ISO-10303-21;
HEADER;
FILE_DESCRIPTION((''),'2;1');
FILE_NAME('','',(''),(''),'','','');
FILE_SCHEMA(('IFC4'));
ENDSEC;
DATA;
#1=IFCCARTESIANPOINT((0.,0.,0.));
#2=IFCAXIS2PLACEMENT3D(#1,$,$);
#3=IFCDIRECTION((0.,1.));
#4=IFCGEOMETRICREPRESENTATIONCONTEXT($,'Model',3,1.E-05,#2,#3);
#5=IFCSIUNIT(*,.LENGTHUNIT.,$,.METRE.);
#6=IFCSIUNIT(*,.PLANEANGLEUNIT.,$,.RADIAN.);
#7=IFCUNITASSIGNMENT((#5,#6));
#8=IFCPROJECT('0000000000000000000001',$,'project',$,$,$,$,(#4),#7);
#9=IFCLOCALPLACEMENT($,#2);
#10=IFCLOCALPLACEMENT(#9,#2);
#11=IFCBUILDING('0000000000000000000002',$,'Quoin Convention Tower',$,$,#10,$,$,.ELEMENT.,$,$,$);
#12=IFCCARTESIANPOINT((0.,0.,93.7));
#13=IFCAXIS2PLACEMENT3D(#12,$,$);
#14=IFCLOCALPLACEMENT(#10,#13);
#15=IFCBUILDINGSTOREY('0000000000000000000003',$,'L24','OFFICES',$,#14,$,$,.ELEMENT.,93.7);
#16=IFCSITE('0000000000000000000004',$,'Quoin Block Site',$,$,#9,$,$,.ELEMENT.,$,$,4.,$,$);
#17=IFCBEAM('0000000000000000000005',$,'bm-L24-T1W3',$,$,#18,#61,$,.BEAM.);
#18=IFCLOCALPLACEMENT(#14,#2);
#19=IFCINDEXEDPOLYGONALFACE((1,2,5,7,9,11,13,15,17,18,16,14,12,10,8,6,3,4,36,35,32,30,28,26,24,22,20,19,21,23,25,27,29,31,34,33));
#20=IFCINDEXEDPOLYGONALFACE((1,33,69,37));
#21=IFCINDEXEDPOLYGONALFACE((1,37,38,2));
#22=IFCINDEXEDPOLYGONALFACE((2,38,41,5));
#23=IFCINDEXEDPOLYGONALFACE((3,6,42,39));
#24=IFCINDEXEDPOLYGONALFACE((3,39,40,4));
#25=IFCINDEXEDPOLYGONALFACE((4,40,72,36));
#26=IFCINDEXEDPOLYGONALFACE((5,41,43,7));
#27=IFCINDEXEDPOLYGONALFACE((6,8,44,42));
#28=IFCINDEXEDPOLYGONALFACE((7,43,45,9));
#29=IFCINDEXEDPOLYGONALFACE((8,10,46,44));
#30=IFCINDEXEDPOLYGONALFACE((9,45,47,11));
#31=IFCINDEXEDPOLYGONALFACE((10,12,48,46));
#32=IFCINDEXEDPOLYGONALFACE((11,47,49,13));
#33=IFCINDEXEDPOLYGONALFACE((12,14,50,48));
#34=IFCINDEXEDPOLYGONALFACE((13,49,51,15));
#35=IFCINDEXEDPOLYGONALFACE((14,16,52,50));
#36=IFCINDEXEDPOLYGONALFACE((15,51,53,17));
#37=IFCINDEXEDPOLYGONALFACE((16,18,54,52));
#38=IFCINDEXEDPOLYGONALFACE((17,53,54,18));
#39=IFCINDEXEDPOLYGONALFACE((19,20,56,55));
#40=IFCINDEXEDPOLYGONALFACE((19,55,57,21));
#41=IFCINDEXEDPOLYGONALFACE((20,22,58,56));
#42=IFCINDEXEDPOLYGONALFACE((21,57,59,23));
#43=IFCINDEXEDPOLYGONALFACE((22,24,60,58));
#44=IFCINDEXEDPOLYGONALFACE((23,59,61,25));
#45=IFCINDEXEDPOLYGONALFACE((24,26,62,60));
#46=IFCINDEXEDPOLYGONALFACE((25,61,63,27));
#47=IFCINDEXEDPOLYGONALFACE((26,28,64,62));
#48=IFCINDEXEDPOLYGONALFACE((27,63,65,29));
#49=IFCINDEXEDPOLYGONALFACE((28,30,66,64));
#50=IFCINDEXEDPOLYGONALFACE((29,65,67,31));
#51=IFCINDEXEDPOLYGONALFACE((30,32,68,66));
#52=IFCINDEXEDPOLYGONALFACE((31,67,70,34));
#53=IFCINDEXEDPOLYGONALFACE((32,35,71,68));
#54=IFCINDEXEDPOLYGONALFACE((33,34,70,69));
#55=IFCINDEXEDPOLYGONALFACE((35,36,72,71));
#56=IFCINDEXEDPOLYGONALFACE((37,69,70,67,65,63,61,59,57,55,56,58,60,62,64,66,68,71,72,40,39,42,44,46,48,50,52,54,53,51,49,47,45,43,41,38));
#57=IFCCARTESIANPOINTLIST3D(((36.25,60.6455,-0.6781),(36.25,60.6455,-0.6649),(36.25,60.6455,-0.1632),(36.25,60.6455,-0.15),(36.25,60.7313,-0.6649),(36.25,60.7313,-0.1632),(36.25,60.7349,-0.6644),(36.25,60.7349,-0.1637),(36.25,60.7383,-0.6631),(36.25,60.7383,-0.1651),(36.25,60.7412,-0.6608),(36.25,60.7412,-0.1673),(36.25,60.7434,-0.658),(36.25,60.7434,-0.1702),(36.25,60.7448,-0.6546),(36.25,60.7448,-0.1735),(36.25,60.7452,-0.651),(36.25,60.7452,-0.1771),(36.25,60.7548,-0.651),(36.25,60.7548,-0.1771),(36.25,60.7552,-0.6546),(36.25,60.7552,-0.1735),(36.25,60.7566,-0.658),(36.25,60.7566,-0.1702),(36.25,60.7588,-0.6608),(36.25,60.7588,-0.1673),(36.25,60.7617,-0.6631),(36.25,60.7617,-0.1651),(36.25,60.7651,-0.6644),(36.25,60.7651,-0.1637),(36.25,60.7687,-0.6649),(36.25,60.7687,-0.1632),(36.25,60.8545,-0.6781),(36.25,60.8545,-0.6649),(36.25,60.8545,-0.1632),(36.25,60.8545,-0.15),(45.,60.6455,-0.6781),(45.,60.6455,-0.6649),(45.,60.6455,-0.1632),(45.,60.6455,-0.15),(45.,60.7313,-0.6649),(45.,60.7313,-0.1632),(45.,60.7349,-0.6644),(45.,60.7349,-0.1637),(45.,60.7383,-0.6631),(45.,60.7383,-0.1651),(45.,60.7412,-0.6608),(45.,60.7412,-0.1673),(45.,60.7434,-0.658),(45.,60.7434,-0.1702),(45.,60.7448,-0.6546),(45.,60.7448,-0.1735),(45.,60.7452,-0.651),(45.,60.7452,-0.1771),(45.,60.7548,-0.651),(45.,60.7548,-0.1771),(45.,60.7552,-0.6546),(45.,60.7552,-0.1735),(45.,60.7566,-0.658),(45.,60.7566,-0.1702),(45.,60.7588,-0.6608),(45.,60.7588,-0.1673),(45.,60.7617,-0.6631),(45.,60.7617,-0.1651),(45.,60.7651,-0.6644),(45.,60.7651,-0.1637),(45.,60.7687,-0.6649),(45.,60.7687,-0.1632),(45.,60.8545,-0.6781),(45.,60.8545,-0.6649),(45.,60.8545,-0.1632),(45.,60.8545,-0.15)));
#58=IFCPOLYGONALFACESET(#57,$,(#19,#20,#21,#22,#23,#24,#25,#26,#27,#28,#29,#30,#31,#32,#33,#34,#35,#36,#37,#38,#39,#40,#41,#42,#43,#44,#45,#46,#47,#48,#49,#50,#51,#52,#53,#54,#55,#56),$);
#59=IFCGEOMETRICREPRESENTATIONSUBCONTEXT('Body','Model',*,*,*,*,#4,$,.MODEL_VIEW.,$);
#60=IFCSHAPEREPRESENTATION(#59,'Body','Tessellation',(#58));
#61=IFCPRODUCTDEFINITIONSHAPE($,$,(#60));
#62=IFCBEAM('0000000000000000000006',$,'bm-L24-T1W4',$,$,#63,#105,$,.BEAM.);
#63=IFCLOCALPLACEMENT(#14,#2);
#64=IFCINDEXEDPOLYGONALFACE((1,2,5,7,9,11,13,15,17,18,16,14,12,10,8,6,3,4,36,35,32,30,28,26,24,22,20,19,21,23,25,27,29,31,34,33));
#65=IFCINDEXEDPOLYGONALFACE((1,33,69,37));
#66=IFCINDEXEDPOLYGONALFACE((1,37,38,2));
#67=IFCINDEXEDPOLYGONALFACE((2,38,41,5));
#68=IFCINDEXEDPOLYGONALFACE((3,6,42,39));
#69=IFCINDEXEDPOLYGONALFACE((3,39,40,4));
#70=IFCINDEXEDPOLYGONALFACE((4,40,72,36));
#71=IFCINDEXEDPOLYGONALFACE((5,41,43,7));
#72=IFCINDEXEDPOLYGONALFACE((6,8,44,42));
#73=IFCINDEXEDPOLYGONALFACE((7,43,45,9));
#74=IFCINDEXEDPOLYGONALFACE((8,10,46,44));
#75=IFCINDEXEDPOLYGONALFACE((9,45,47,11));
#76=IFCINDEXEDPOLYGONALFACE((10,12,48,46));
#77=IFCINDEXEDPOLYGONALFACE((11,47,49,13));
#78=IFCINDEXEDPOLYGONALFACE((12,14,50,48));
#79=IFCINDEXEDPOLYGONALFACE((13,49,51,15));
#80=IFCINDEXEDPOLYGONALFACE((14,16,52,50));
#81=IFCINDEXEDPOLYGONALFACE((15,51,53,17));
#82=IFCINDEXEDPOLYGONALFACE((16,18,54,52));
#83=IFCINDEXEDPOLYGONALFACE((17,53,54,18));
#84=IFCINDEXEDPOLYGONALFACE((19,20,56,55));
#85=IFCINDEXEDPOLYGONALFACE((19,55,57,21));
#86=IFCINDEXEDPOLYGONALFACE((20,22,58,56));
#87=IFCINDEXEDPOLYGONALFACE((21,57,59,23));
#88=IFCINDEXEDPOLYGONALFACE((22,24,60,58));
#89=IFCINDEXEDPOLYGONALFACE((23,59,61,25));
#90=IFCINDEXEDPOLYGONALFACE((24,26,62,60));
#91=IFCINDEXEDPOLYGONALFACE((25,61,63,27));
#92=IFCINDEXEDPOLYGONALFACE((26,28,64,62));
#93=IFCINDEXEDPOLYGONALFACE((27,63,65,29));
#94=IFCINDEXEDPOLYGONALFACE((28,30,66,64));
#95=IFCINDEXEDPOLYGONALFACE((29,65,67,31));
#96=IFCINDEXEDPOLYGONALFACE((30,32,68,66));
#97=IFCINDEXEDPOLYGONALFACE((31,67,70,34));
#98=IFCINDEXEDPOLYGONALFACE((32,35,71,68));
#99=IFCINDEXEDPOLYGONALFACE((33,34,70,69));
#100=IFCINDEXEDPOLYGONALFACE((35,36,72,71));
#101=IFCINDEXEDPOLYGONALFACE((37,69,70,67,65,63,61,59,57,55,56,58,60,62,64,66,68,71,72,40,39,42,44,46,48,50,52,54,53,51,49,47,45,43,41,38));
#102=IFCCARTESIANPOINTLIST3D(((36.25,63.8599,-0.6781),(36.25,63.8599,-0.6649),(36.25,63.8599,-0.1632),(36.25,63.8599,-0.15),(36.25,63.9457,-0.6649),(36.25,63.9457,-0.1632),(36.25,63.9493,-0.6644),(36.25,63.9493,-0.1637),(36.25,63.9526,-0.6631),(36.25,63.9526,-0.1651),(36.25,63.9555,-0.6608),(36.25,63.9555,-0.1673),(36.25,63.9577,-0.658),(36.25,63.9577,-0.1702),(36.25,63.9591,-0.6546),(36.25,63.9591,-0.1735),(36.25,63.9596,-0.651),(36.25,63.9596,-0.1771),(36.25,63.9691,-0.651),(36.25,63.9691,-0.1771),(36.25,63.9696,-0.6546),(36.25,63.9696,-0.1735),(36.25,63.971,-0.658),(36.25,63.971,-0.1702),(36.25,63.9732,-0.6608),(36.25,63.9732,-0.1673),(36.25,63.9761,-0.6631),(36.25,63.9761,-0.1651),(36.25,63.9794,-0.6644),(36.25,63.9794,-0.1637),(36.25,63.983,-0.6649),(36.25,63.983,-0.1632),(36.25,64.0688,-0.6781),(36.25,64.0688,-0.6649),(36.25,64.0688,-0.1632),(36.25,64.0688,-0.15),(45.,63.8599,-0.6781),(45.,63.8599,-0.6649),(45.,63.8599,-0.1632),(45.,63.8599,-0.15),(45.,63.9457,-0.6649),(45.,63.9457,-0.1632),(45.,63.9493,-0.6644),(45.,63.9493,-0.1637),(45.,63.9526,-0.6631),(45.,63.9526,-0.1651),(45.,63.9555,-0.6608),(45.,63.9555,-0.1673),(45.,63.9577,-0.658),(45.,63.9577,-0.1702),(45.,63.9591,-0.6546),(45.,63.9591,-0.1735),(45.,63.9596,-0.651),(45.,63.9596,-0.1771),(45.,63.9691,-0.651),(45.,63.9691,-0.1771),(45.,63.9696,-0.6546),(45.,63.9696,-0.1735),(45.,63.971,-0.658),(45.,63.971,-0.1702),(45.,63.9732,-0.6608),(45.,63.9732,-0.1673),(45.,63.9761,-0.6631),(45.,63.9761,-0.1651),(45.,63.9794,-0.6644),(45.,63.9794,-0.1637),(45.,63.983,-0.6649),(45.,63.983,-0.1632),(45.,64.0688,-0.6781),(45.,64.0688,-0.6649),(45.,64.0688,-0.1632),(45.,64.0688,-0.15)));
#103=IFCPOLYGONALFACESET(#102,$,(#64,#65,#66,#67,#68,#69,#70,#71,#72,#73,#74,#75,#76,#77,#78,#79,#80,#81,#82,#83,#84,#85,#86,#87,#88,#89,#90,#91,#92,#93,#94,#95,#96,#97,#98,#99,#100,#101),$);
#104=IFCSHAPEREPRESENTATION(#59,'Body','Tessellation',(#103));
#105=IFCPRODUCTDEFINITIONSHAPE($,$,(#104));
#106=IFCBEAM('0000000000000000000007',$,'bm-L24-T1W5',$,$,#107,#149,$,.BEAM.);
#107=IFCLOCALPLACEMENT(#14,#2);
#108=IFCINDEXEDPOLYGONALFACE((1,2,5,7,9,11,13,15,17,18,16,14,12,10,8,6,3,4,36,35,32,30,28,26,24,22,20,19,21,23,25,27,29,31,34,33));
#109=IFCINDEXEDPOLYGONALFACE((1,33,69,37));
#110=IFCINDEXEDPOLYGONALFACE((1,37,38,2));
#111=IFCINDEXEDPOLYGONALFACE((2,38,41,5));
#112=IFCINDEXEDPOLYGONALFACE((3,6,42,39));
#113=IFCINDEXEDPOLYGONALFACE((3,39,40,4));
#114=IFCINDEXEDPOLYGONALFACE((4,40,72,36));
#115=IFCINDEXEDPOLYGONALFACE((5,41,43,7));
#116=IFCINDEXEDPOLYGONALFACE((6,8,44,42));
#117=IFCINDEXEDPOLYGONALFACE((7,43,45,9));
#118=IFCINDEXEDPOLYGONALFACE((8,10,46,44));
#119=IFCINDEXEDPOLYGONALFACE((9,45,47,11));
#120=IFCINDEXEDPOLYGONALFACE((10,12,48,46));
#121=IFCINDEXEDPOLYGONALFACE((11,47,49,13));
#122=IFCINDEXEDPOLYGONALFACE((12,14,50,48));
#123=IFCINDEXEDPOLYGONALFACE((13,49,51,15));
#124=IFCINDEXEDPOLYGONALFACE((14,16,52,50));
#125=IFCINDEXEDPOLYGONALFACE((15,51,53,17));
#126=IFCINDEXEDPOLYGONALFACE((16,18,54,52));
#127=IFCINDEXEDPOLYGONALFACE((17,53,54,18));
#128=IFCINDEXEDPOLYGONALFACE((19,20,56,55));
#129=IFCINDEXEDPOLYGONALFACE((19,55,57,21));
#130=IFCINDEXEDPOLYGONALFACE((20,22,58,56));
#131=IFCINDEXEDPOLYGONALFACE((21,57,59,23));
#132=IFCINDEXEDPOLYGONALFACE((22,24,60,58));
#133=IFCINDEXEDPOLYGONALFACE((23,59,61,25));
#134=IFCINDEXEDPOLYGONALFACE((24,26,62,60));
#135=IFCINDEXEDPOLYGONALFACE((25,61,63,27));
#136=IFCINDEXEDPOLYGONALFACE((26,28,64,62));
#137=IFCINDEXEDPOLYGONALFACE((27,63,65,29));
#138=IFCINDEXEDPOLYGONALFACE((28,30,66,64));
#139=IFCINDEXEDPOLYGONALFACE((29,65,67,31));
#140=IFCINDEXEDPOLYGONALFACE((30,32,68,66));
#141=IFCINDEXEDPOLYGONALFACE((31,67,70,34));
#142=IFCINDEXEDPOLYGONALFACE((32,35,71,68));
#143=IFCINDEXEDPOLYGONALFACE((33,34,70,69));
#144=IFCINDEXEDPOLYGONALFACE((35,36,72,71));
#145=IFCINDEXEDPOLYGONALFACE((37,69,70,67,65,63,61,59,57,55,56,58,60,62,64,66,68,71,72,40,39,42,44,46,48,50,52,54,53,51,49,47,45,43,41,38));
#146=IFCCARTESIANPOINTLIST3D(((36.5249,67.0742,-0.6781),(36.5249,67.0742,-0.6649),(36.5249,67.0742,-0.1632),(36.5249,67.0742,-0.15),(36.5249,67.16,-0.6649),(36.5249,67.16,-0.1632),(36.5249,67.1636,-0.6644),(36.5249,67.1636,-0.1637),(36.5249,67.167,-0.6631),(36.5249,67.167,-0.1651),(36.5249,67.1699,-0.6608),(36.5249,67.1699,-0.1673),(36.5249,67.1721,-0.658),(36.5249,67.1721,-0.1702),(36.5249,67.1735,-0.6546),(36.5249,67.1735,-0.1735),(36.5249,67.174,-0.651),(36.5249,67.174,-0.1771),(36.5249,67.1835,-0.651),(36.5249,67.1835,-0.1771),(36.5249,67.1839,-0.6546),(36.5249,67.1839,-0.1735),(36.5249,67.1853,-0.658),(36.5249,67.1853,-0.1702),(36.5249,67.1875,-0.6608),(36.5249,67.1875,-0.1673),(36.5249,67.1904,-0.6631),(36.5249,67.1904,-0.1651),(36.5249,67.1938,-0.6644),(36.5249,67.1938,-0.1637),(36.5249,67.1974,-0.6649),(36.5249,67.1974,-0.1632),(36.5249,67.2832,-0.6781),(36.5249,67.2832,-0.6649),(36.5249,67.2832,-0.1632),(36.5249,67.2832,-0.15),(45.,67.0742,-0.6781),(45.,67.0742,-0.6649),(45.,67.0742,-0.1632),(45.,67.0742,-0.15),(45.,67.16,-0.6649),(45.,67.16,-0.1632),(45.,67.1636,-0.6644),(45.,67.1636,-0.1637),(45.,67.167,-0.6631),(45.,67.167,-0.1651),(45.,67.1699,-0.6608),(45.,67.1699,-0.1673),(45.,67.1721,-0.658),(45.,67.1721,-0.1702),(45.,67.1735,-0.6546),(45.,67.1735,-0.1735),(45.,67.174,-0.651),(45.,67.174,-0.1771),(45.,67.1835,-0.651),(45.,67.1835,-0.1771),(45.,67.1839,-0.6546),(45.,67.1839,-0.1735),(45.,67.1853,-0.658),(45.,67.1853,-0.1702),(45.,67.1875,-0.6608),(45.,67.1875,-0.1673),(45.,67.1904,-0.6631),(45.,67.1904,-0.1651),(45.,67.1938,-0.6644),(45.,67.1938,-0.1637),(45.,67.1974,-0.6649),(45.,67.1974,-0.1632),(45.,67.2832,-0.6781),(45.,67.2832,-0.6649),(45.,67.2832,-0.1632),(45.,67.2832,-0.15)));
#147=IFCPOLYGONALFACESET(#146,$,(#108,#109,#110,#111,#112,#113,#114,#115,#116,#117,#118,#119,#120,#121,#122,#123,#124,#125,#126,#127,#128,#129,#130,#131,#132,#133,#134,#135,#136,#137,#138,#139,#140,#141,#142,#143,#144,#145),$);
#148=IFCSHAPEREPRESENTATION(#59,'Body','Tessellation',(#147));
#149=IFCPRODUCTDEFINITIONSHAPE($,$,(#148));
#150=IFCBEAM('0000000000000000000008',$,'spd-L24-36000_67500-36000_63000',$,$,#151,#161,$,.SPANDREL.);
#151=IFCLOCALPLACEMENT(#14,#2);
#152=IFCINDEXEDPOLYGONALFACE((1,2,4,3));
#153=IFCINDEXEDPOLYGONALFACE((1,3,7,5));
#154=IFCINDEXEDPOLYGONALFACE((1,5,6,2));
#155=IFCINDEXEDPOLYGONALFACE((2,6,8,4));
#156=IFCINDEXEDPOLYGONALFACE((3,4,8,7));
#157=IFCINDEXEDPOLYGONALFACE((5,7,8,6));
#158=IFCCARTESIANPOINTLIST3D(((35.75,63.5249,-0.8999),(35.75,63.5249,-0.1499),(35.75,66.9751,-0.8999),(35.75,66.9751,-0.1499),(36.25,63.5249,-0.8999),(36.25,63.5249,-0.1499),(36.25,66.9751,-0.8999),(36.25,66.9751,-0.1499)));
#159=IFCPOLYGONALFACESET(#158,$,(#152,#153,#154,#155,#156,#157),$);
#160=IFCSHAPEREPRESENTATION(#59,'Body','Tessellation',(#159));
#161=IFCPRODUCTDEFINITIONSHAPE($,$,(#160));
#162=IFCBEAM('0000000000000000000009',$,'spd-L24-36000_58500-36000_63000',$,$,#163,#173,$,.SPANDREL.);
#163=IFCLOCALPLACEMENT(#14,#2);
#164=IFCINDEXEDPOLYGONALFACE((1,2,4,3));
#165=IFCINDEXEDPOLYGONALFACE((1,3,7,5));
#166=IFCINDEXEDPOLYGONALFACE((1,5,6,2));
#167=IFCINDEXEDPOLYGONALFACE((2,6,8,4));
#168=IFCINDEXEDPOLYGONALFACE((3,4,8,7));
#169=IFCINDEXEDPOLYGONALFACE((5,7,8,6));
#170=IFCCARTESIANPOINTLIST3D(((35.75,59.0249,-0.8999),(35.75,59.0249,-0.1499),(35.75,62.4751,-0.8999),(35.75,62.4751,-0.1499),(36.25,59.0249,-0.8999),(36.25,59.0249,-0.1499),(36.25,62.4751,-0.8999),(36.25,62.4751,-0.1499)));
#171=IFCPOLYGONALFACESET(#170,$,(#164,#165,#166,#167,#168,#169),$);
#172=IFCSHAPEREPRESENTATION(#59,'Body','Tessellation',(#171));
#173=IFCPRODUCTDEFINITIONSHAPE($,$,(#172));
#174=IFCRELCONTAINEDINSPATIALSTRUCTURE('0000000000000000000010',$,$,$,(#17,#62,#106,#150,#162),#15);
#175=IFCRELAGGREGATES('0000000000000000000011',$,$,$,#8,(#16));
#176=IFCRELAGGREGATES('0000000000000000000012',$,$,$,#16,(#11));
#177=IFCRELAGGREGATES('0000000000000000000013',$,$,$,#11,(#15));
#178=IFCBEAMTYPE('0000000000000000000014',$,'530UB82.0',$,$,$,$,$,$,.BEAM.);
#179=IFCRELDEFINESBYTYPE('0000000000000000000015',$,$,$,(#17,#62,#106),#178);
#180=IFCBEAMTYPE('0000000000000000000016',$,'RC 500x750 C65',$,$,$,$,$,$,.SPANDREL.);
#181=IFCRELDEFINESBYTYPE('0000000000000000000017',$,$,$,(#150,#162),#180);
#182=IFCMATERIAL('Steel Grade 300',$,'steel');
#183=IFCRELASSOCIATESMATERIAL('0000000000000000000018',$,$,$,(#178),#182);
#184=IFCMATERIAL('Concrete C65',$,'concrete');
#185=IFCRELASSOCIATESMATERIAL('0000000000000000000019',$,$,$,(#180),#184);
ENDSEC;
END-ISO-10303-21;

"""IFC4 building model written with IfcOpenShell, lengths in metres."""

from ifc_helpers import new_model, si_unit, direction, frame, origin, origin_2d, place, context, subcontext, project, spatial, rectangle, i_section, extrude, material, material_profile, profile_set, type_object, element, save


model = new_model("IFC4")

# Units and contexts
model_context = context("Model", 3, precision=1e-05, world=origin(), true_north=direction((0.0, 1.0)))
body_context = subcontext(model_context, "Body", "Model", "MODEL_VIEW")
ifc_project = project(units=[si_unit("LENGTHUNIT", "METRE"), si_unit("PLANEANGLEUNIT", "RADIAN")], contexts=[model_context])

# Site, building, storey
site_placement = place(None, origin())
site = spatial("IfcSite", under=ifc_project, at=site_placement, Name="Quoin Block Site", CompositionType="ELEMENT", RefElevation=4.0)
building_placement = place(site_placement, origin())
building = spatial("IfcBuilding", under=site, at=building_placement, Name="Quoin Convention Tower", CompositionType="ELEMENT")
storey_placement = place(building_placement, frame((0.0, 0.0, 93.7)))
storey = spatial("IfcBuildingStorey", under=building, at=storey_placement, Name="L24", Description="OFFICES", CompositionType="ELEMENT", Elevation=93.7)

# Shared definitions
ifc_material_1 = material(Name="Concrete C65", Category="concrete")

# Beams
ifc_material_2 = material(Name="Steel Grade 300", Category="steel")
ifc_material_profile_1 = material_profile(ifc_material_2, i_section(OverallWidth=0.209, OverallDepth=0.5281, WebThickness=0.0095, FlangeThickness=0.0132, FilletRadius=0.0139, at=origin_2d()), Name="530UB82.0")
ifc_profile_set_1 = profile_set([ifc_material_profile_1], Name="Steel Grade 300")
beam_type_1 = type_object("IfcBeamType", Name="530UB82.0", PredefinedType="BEAM", material=ifc_profile_set_1)
for number, where, z_axis, x_axis, name in (
    (1, (36.25, 60.75, -0.4141), (1.0, 0.0, 0.0), (0.0, 1.0, 0.0), "bm-L24-T1W3"),
    (2, (36.25, 63.9644, -0.4141), (1.0, 0.0, 0.0), (0.0, 1.0, 0.0), "bm-L24-T1W4"),
):
    element("IfcBeam", number, at=place(storey_placement, frame(where, z_axis=z_axis, x_axis=x_axis)), inside=storey, type_object=beam_type_1, Name=name, PredefinedType="BEAM", context=body_context, shape_type="SweptSolid", body=[
        extrude(i_section(OverallWidth=0.209, OverallDepth=0.5281, WebThickness=0.0095, FlangeThickness=0.0132, FilletRadius=0.0139, at=origin_2d()), origin(), (0.0, 0.0, 1.0), 8.75),
    ])
beam_1_placement = place(storey_placement, frame((36.5249, 67.1787, -0.4141), z_axis=(1.0, 0.0, 0.0), x_axis=(0.0, 1.0, 0.0)))
element("IfcBeam", 3, at=beam_1_placement, inside=storey, type_object=beam_type_1, Name="bm-L24-T1W5", PredefinedType="BEAM", context=body_context, shape_type="SweptSolid", body=[
    extrude(i_section(OverallWidth=0.209, OverallDepth=0.5281, WebThickness=0.0095, FlangeThickness=0.0132, FilletRadius=0.0139, at=origin_2d()), origin(), (0.0, 0.0, 1.0), 8.4751),
])
ifc_material_profile_2 = material_profile(ifc_material_1, rectangle(XDim=0.5, YDim=0.75, at=origin_2d()), Name="RC 500x750")
ifc_profile_set_2 = profile_set([ifc_material_profile_2], Name="Concrete C65")
beam_type_2 = type_object("IfcBeamType", Name="RC 500x750 C65", PredefinedType="SPANDREL", material=ifc_profile_set_2)
for number, where, z_axis, x_axis, name in (
    (4, (36.0, 66.9751, -0.5249), (0.0, -1.0, 0.0), (1.0, 0.0, 0.0), "spd-L24-36000_67500-36000_63000"),
    (5, (36.0, 59.0249, -0.5249), (0.0, 1.0, 0.0), (-1.0, 0.0, 0.0), "spd-L24-36000_58500-36000_63000"),
):
    element("IfcBeam", number, at=place(storey_placement, frame(where, z_axis=z_axis, x_axis=x_axis)), inside=storey, type_object=beam_type_2, Name=name, PredefinedType="SPANDREL", context=body_context, shape_type="SweptSolid", body=[
        extrude(rectangle(XDim=0.5, YDim=0.75, at=origin_2d()), origin(), (0.0, 0.0, 1.0), 3.4502),
    ])

save(model, "model.ifc")
